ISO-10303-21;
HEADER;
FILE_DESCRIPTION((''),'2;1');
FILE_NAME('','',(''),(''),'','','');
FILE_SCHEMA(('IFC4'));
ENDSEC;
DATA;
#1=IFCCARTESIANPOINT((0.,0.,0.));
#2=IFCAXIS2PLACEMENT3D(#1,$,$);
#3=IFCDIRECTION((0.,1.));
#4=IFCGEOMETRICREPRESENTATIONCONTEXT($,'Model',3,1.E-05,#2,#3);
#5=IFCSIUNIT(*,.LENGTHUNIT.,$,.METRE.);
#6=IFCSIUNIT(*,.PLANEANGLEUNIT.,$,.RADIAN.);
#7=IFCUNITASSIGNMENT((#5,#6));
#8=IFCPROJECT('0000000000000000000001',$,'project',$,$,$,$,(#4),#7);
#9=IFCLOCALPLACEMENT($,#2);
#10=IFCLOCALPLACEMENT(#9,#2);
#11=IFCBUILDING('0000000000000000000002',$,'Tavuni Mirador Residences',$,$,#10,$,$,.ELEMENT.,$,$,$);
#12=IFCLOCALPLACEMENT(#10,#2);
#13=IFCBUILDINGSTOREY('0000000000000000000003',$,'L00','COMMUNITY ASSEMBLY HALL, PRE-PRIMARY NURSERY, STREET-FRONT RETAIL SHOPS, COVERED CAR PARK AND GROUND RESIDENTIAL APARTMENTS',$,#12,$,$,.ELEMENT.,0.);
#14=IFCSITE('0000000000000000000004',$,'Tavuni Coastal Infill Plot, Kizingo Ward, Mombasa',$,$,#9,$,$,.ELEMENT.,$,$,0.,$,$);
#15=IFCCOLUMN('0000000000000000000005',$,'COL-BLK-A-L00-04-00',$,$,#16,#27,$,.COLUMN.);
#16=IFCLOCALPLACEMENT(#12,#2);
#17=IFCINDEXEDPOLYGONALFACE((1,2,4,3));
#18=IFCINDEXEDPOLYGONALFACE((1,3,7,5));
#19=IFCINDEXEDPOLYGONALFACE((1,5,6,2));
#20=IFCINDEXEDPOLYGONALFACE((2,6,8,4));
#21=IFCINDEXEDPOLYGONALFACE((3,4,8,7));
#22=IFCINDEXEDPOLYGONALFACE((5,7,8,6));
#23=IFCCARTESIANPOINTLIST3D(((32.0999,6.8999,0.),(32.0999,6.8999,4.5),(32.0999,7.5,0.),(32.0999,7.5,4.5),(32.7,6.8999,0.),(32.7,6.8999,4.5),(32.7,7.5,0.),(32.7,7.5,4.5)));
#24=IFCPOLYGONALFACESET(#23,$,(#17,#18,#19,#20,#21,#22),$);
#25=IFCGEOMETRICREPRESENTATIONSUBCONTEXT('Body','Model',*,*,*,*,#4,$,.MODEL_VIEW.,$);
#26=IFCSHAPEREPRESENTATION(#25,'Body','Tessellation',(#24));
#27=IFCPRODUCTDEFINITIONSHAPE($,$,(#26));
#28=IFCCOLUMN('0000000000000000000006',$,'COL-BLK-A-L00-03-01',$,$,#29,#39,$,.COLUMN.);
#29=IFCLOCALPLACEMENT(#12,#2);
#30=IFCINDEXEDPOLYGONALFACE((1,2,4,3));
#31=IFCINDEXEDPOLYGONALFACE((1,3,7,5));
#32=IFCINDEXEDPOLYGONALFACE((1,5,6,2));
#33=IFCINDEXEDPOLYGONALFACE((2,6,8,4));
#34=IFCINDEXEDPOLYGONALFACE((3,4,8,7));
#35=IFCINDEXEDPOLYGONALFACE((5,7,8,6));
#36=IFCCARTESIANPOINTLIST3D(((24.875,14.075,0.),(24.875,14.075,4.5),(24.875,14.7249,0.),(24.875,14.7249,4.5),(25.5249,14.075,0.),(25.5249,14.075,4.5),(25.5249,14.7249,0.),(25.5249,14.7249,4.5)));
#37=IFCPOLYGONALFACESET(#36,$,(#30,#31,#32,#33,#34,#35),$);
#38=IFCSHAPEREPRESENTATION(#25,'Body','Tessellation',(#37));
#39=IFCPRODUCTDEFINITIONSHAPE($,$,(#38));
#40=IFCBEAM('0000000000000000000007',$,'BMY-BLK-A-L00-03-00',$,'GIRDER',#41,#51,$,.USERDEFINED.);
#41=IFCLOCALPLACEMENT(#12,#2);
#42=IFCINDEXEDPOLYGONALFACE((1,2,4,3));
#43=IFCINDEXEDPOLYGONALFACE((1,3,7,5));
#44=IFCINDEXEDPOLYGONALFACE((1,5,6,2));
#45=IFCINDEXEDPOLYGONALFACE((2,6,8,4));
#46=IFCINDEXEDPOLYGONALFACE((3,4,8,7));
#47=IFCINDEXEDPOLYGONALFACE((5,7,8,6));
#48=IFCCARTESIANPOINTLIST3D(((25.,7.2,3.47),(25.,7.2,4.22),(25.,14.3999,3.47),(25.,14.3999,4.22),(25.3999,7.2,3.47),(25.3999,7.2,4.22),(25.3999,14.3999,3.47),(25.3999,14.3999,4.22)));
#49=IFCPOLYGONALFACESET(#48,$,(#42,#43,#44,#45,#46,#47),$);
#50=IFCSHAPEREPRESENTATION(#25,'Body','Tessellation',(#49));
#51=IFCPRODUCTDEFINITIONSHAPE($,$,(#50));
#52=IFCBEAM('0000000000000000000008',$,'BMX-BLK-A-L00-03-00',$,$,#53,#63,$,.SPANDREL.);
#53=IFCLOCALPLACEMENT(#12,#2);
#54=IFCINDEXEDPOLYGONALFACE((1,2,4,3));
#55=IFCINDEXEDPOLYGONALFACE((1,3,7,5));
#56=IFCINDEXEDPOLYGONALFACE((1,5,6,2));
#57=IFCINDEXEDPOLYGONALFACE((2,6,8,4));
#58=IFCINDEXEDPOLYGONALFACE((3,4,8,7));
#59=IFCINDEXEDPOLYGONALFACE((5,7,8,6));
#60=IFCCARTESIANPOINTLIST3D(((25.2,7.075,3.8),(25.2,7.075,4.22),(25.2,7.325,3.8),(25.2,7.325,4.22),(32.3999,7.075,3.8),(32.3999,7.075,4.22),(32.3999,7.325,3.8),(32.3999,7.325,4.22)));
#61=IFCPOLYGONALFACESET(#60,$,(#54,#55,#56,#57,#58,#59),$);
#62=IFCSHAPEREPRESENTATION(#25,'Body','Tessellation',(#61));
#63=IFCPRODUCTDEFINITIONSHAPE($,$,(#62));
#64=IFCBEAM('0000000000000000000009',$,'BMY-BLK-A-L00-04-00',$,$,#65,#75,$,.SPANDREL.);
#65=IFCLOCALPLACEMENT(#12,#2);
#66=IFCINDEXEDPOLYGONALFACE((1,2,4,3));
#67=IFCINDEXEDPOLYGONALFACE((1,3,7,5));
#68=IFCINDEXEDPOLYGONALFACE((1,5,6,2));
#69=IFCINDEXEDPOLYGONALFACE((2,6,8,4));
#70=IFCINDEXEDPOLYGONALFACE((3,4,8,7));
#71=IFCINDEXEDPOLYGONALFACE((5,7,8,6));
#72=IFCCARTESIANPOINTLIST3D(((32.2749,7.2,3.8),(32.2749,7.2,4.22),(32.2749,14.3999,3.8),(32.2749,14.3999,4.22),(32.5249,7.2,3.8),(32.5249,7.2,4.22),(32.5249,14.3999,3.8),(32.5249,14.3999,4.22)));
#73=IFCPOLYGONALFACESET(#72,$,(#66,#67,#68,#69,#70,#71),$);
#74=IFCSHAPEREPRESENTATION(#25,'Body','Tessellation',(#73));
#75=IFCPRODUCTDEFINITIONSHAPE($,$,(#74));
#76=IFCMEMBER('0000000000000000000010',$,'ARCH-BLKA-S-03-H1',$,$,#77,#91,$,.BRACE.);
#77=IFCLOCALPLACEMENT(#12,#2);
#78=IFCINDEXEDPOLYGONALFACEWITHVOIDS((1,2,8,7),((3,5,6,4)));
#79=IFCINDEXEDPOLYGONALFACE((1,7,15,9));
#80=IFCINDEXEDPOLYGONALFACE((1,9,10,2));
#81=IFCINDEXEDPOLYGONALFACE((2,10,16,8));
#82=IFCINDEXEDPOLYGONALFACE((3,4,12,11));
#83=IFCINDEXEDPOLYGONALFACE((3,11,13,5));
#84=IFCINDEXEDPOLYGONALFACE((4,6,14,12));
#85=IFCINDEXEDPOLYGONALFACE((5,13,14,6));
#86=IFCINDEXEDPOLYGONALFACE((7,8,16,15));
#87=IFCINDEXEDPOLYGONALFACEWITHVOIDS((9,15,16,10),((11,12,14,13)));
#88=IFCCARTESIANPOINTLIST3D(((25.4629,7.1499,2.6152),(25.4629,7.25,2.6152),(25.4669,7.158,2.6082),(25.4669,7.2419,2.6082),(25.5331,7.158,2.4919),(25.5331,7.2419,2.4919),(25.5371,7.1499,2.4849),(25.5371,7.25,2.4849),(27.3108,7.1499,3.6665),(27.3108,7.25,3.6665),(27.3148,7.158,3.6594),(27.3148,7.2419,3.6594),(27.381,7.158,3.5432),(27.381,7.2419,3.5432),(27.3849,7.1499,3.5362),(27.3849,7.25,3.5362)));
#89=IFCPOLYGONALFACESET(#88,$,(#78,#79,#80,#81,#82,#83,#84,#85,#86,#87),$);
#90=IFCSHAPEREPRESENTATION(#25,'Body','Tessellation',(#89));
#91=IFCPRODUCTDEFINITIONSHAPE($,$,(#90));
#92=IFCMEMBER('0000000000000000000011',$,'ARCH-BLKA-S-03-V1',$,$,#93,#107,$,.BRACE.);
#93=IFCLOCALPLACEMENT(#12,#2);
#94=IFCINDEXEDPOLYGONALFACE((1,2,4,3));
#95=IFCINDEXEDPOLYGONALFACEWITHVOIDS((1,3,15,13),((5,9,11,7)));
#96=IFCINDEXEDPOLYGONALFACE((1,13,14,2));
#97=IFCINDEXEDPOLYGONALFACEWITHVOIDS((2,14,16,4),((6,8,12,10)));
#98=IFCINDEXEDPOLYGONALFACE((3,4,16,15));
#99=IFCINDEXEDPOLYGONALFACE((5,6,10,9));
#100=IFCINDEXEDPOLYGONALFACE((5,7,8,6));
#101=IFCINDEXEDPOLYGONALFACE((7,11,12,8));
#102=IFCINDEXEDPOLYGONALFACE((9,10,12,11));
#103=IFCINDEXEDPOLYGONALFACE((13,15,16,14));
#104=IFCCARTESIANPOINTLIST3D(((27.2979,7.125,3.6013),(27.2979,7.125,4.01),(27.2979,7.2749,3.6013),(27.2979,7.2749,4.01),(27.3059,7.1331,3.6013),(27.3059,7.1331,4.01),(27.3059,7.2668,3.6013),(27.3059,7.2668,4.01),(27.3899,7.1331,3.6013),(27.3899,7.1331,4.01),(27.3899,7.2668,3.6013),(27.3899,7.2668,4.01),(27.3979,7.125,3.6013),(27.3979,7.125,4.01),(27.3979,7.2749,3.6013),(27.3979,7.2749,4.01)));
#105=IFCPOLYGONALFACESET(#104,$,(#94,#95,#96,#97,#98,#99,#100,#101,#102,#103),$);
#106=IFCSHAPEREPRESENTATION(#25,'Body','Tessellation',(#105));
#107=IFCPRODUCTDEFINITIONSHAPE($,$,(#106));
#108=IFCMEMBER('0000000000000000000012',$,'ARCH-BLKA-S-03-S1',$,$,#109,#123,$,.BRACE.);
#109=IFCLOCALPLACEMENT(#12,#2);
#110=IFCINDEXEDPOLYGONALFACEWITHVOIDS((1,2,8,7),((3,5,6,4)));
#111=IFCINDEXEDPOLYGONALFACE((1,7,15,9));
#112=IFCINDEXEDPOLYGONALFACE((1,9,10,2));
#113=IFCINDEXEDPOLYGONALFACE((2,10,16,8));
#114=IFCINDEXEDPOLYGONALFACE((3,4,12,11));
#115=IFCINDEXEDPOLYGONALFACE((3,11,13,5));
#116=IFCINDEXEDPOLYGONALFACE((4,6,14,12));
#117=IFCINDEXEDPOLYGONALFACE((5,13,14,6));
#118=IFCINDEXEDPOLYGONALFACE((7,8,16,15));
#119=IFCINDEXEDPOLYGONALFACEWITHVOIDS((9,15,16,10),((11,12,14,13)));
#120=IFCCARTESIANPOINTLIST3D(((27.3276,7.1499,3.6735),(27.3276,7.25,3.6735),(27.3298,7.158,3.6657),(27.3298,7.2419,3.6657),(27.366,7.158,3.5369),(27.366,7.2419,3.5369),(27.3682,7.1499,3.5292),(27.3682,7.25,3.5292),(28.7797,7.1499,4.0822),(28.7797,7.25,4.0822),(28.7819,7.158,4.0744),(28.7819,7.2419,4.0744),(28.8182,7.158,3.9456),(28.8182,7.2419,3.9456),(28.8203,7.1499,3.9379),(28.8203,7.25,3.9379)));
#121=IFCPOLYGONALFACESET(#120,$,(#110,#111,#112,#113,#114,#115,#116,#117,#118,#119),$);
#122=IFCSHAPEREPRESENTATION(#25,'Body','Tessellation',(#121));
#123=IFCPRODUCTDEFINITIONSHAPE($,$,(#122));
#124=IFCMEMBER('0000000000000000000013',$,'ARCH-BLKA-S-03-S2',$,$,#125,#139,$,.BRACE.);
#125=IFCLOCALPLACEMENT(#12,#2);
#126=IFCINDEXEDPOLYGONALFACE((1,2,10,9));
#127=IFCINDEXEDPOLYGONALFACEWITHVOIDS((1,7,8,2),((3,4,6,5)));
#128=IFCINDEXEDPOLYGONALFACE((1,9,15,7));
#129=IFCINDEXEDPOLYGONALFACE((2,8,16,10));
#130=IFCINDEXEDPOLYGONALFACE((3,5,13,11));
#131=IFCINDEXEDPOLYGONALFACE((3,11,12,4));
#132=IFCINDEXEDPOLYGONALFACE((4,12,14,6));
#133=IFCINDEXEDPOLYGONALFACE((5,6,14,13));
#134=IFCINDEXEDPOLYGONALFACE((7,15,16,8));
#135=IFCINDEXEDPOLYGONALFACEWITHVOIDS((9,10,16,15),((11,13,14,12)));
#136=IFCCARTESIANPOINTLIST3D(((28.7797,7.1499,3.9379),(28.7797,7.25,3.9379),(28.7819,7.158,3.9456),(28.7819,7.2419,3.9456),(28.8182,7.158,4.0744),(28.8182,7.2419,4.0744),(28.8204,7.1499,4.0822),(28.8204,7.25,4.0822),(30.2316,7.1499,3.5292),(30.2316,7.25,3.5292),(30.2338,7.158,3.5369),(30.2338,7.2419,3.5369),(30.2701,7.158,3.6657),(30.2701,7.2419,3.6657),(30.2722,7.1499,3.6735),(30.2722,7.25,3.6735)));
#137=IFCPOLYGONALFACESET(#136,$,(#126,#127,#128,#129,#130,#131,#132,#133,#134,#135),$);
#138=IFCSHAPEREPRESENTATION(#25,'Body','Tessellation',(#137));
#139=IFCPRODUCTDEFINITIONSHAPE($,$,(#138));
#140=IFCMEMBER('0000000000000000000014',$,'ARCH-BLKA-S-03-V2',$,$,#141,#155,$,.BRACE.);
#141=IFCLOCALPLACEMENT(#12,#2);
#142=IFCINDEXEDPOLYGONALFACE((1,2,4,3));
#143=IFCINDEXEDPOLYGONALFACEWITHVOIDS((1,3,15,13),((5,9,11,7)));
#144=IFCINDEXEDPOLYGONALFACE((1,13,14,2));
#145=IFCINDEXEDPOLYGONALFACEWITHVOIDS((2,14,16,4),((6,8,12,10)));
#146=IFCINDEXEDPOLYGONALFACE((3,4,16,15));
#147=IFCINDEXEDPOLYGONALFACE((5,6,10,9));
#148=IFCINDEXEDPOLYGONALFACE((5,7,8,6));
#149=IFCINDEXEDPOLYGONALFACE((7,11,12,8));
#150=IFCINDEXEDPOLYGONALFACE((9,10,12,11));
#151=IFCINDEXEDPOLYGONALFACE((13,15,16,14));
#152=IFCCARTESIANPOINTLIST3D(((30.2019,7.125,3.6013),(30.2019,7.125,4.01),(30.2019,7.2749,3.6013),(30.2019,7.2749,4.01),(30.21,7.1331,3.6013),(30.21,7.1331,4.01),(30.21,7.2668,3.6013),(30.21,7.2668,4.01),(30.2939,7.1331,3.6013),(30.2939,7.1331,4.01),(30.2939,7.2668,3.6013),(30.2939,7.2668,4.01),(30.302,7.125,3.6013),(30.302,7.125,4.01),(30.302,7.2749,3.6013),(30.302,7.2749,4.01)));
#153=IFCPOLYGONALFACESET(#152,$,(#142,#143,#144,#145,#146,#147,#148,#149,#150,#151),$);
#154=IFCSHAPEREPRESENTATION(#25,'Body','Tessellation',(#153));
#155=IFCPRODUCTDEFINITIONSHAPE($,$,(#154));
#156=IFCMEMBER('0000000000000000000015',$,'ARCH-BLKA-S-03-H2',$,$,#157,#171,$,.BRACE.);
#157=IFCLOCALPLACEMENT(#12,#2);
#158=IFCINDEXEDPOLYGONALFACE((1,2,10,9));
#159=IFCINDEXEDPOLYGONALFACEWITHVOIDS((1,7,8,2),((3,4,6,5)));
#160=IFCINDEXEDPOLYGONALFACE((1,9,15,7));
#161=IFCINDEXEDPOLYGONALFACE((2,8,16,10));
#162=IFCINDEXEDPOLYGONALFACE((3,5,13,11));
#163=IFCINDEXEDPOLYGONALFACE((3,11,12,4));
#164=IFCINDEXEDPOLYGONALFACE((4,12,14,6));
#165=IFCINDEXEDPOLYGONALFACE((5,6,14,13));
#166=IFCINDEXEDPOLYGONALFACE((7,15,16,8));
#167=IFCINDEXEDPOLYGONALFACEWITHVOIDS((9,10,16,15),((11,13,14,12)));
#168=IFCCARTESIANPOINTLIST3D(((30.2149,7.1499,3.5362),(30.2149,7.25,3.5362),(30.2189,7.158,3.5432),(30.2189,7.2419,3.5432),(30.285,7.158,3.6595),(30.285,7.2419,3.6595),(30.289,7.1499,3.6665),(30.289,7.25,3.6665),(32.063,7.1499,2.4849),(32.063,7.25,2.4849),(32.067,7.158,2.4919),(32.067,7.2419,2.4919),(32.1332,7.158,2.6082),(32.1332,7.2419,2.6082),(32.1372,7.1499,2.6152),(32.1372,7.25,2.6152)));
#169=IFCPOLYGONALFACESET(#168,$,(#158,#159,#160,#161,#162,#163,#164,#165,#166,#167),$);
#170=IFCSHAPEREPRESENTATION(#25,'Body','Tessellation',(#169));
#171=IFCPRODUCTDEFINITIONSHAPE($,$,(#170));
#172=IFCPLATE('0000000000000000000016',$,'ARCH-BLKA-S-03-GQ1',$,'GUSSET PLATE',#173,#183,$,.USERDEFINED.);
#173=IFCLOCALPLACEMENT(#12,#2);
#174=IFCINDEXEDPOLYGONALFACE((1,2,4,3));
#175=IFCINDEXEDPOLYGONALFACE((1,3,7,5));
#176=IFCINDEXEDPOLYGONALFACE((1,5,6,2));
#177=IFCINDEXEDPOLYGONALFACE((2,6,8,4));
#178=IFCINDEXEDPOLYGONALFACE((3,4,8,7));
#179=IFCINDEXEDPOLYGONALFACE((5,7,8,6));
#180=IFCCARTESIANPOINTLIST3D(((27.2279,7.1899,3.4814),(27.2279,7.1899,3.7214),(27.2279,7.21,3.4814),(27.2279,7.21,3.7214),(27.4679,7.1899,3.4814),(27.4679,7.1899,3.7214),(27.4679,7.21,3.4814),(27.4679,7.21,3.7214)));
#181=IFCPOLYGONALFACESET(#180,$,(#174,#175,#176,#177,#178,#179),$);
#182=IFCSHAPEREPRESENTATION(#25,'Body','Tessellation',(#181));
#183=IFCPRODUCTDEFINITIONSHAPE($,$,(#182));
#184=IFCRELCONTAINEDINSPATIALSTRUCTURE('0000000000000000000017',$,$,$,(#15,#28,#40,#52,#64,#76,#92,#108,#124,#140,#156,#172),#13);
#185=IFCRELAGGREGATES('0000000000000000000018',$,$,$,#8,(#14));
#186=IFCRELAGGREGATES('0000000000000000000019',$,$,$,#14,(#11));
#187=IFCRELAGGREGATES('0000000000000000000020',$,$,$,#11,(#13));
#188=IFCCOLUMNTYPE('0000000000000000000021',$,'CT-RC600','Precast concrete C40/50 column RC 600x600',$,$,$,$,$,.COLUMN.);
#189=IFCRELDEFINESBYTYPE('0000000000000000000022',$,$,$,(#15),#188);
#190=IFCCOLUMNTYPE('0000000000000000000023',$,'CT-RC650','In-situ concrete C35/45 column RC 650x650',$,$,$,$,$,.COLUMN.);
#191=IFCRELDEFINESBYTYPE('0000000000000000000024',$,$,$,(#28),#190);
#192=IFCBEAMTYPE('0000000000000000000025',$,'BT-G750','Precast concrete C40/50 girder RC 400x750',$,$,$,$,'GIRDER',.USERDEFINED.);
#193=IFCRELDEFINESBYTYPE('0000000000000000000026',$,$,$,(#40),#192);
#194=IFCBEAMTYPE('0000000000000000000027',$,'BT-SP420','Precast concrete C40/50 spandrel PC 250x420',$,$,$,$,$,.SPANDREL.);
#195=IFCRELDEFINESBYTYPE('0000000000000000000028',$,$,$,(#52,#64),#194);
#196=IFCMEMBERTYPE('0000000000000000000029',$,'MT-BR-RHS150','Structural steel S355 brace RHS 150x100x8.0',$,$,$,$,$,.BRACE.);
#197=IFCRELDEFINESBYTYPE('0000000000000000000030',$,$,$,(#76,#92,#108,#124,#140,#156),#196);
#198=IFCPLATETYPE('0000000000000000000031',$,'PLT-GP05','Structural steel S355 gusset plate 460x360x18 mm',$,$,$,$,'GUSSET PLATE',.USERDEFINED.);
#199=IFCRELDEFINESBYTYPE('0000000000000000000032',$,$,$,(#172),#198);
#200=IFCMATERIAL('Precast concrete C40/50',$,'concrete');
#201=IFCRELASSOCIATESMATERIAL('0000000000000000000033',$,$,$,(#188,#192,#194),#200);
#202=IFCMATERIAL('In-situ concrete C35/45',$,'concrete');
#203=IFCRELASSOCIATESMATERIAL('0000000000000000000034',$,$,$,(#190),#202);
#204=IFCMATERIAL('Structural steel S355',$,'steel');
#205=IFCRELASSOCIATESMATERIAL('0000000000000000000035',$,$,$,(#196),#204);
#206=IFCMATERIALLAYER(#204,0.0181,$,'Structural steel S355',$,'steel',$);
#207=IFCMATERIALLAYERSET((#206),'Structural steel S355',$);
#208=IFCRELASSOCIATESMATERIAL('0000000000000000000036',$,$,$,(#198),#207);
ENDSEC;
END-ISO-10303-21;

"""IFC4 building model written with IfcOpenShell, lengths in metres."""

from ifc_helpers import new_model, si_unit, direction, frame, origin, origin_2d, place, context, subcontext, project, spatial, rectangle, hollow_rectangle, extrude, material, layer, layer_set, material_profile, profile_set, type_object, element, save


model = new_model("IFC4")

# Units and contexts
model_context = context("Model", 3, precision=1e-05, world=origin(), true_north=direction((0.0, 1.0)))
body_context = subcontext(model_context, "Body", "Model", "MODEL_VIEW")
ifc_project = project(units=[si_unit("LENGTHUNIT", "METRE"), si_unit("PLANEANGLEUNIT", "RADIAN")], contexts=[model_context])

# Site, building, storey
site_placement = place(None, origin())
site = spatial("IfcSite", under=ifc_project, at=site_placement, Name="Tavuni Coastal Infill Plot, Kizingo Ward, Mombasa", CompositionType="ELEMENT", RefElevation=0.0)
building_placement = place(site_placement, origin())
building = spatial("IfcBuilding", under=site, at=building_placement, Name="Tavuni Mirador Residences", CompositionType="ELEMENT")
storey_placement = place(building_placement, origin())
storey = spatial("IfcBuildingStorey", under=building, at=storey_placement, Name="L00", Description="COMMUNITY ASSEMBLY HALL, PRE-PRIMARY NURSERY, STREET-FRONT RETAIL SHOPS, COVERED CAR PARK AND GROUND RESIDENTIAL APARTMENTS", CompositionType="ELEMENT", Elevation=0.0)

# Columns
ifc_material_1 = material(Name="Precast concrete C40/50", Category="concrete")
ifc_material_profile_1 = material_profile(ifc_material_1, rectangle(XDim=0.6001, YDim=0.6001, at=origin_2d()), Name="RC 600x600", Category="concrete")
ifc_profile_set_1 = profile_set([ifc_material_profile_1], Name="Precast concrete C40/50")
column_type_1 = type_object("IfcColumnType", Name="CT-RC600", Description="Precast concrete C40/50 column RC 600x600", PredefinedType="COLUMN", material=ifc_profile_set_1)
column_1_placement = place(storey_placement, frame((32.3999, 7.2, 0.0), z_axis=(0.0, 0.0, 1.0), x_axis=(1.0, 0.0, 0.0)))
element("IfcColumn", 1, at=column_1_placement, inside=storey, type_object=column_type_1, Name="COL-BLK-A-L00-04-00", PredefinedType="COLUMN", context=body_context, shape_type="SweptSolid", body=[
    extrude(rectangle(XDim=0.6001, YDim=0.6001, at=origin_2d()), origin(), (0.0, 0.0, 1.0), 4.5),
])
ifc_material_2 = material(Name="In-situ concrete C35/45", Category="concrete")
ifc_material_profile_2 = material_profile(ifc_material_2, rectangle(XDim=0.6499, YDim=0.6499, at=origin_2d()), Name="RC 650x650", Category="concrete")
ifc_profile_set_2 = profile_set([ifc_material_profile_2], Name="In-situ concrete C35/45")
column_type_2 = type_object("IfcColumnType", Name="CT-RC650", Description="In-situ concrete C35/45 column RC 650x650", PredefinedType="COLUMN", material=ifc_profile_set_2)
column_2_placement = place(storey_placement, frame((25.2, 14.3999, 0.0), z_axis=(0.0, 0.0, 1.0), x_axis=(1.0, 0.0, 0.0)))
element("IfcColumn", 2, at=column_2_placement, inside=storey, type_object=column_type_2, Name="COL-BLK-A-L00-03-01", PredefinedType="COLUMN", context=body_context, shape_type="SweptSolid", body=[
    extrude(rectangle(XDim=0.6499, YDim=0.6499, at=origin_2d()), origin(), (0.0, 0.0, 1.0), 4.5),
])

# Beams
ifc_material_profile_3 = material_profile(ifc_material_1, rectangle(XDim=0.3999, YDim=0.75, at=origin_2d()), Name="RC 400x750", Category="concrete")
ifc_profile_set_3 = profile_set([ifc_material_profile_3], Name="Precast concrete C40/50")
beam_type_1 = type_object("IfcBeamType", Name="BT-G750", Description="Precast concrete C40/50 girder RC 400x750", ElementType="GIRDER", PredefinedType="USERDEFINED", material=ifc_profile_set_3)
beam_placement = place(storey_placement, frame((25.2, 7.2, 3.845), z_axis=(0.0, 1.0, 0.0), x_axis=(-1.0, 0.0, 0.0)))
element("IfcBeam", 3, at=beam_placement, inside=storey, type_object=beam_type_1, Name="BMY-BLK-A-L00-03-00", ObjectType="GIRDER", PredefinedType="USERDEFINED", context=body_context, shape_type="SweptSolid", body=[
    extrude(rectangle(XDim=0.3999, YDim=0.75, at=origin_2d()), origin(), (0.0, 0.0, 1.0), 7.2),
])
ifc_material_profile_4 = material_profile(ifc_material_1, rectangle(XDim=0.25, YDim=0.4199, at=origin_2d()), Name="PC 250x420", Category="concrete")
ifc_profile_set_4 = profile_set([ifc_material_profile_4], Name="Precast concrete C40/50")
beam_type_2 = type_object("IfcBeamType", Name="BT-SP420", Description="Precast concrete C40/50 spandrel PC 250x420", PredefinedType="SPANDREL", material=ifc_profile_set_4)
for number, where, z_axis, x_axis, name in (
    (4, (25.2, 7.2, 4.01), (1.0, 0.0, 0.0), (0.0, 1.0, 0.0), "BMX-BLK-A-L00-03-00"),
    (5, (32.3999, 7.2, 4.01), (0.0, 1.0, 0.0), (-1.0, 0.0, 0.0), "BMY-BLK-A-L00-04-00"),
):
    element("IfcBeam", number, at=place(storey_placement, frame(where, z_axis=z_axis, x_axis=x_axis)), inside=storey, type_object=beam_type_2, Name=name, PredefinedType="SPANDREL", context=body_context, shape_type="SweptSolid", body=[
        extrude(rectangle(XDim=0.25, YDim=0.4199, at=origin_2d()), origin(), (0.0, 0.0, 1.0), 7.2),
    ])

# Members
ifc_material_3 = material(Name="Structural steel S355", Category="steel")
ifc_material_profile_5 = material_profile(ifc_material_3, hollow_rectangle(XDim=0.1001, YDim=0.1499, WallThickness=0.0081, at=origin_2d()), Name="RHS 150x100x8.0", Category="steel")
ifc_profile_set_5 = profile_set([ifc_material_profile_5], Name="Structural steel S355")
member_type = type_object("IfcMemberType", Name="MT-BR-RHS150", Description="Structural steel S355 brace RHS 150x100x8.0", PredefinedType="BRACE", material=ifc_profile_set_5)
member_1_placement = place(storey_placement, frame((25.5, 7.2, 2.55), z_axis=(0.869189, 0.0, 0.494481), x_axis=(0.0, 1.0, 0.0)))
element("IfcMember", 6, at=member_1_placement, inside=storey, type_object=member_type, Name="ARCH-BLKA-S-03-H1", PredefinedType="BRACE", context=body_context, shape_type="SweptSolid", body=[
    extrude(hollow_rectangle(XDim=0.1001, YDim=0.1499, WallThickness=0.0081, at=origin_2d()), origin(), (0.0, 0.0, 1.0), 2.126),
])
member_2_placement = place(storey_placement, frame((27.3479, 7.2, 3.6013), z_axis=(0.0, 0.0, 1.0), x_axis=(1.0, 0.0, 0.0)))
element("IfcMember", 7, at=member_2_placement, inside=storey, type_object=member_type, Name="ARCH-BLKA-S-03-V1", PredefinedType="BRACE", context=body_context, shape_type="SweptSolid", body=[
    extrude(hollow_rectangle(XDim=0.1001, YDim=0.1499, WallThickness=0.0081, at=origin_2d()), origin(), (0.0, 0.0, 1.0), 0.4087),
])
member_3_placement = place(storey_placement, frame((27.3479, 7.2, 3.6013), z_axis=(0.962603, 0.0, 0.270914), x_axis=(0.0, 1.0, 0.0)))
element("IfcMember", 8, at=member_3_placement, inside=storey, type_object=member_type, Name="ARCH-BLKA-S-03-S1", PredefinedType="BRACE", context=body_context, shape_type="SweptSolid", body=[
    extrude(hollow_rectangle(XDim=0.1001, YDim=0.1499, WallThickness=0.0081, at=origin_2d()), origin(), (0.0, 0.0, 1.0), 1.5085),
])
member_4_placement = place(storey_placement, frame((28.8, 7.2, 4.01), z_axis=(0.962592, 0.0, -0.270957), x_axis=(0.0, 1.0, 0.0)))
element("IfcMember", 9, at=member_4_placement, inside=storey, type_object=member_type, Name="ARCH-BLKA-S-03-S2", PredefinedType="BRACE", context=body_context, shape_type="SweptSolid", body=[
    extrude(hollow_rectangle(XDim=0.1001, YDim=0.1499, WallThickness=0.0081, at=origin_2d()), origin(), (0.0, 0.0, 1.0), 1.5083),
])
member_5_placement = place(storey_placement, frame((30.252, 7.2, 3.6013), z_axis=(0.0, 0.0, 1.0), x_axis=(1.0, 0.0, 0.0)))
element("IfcMember", 10, at=member_5_placement, inside=storey, type_object=member_type, Name="ARCH-BLKA-S-03-V2", PredefinedType="BRACE", context=body_context, shape_type="SweptSolid", body=[
    extrude(hollow_rectangle(XDim=0.1001, YDim=0.1499, WallThickness=0.0081, at=origin_2d()), origin(), (0.0, 0.0, 1.0), 0.4087),
])
member_6_placement = place(storey_placement, frame((30.252, 7.2, 3.6013), z_axis=(0.869217, 0.0, -0.494432), x_axis=(0.0, 1.0, 0.0)))
element("IfcMember", 11, at=member_6_placement, inside=storey, type_object=member_type, Name="ARCH-BLKA-S-03-H2", PredefinedType="BRACE", context=body_context, shape_type="SweptSolid", body=[
    extrude(hollow_rectangle(XDim=0.1001, YDim=0.1499, WallThickness=0.0081, at=origin_2d()), origin(), (0.0, 0.0, 1.0), 2.1262),
])

# Plate
ifc_layer_1 = layer(ifc_material_3, 0.0181, Name="Structural steel S355", Category="steel")
ifc_layer_set_1 = layer_set([ifc_layer_1], Name="Structural steel S355")
plate_type = type_object("IfcPlateType", Name="PLT-GP05", Description="Structural steel S355 gusset plate 460x360x18 mm", ElementType="GUSSET PLATE", PredefinedType="USERDEFINED", material=ifc_layer_set_1)
for number, where, z_axis, x_axis, name in (
    (12, (27.3479, 7.2, 3.4814), (0.0, 0.0, 1.0), (1.0, 0.0, 0.0), "ARCH-BLKA-S-03-GQ1"),
):
    element("IfcPlate", number, at=place(storey_placement, frame(where, z_axis=z_axis, x_axis=x_axis)), inside=storey, type_object=plate_type, Name=name, ObjectType="GUSSET PLATE", PredefinedType="USERDEFINED", context=body_context, shape_type="SweptSolid", body=[
        extrude(rectangle(XDim=0.24, YDim=0.02, at=origin_2d()), origin(), (0.0, 0.0, 1.0), 0.24),
    ])

save(model, "model.ifc")
